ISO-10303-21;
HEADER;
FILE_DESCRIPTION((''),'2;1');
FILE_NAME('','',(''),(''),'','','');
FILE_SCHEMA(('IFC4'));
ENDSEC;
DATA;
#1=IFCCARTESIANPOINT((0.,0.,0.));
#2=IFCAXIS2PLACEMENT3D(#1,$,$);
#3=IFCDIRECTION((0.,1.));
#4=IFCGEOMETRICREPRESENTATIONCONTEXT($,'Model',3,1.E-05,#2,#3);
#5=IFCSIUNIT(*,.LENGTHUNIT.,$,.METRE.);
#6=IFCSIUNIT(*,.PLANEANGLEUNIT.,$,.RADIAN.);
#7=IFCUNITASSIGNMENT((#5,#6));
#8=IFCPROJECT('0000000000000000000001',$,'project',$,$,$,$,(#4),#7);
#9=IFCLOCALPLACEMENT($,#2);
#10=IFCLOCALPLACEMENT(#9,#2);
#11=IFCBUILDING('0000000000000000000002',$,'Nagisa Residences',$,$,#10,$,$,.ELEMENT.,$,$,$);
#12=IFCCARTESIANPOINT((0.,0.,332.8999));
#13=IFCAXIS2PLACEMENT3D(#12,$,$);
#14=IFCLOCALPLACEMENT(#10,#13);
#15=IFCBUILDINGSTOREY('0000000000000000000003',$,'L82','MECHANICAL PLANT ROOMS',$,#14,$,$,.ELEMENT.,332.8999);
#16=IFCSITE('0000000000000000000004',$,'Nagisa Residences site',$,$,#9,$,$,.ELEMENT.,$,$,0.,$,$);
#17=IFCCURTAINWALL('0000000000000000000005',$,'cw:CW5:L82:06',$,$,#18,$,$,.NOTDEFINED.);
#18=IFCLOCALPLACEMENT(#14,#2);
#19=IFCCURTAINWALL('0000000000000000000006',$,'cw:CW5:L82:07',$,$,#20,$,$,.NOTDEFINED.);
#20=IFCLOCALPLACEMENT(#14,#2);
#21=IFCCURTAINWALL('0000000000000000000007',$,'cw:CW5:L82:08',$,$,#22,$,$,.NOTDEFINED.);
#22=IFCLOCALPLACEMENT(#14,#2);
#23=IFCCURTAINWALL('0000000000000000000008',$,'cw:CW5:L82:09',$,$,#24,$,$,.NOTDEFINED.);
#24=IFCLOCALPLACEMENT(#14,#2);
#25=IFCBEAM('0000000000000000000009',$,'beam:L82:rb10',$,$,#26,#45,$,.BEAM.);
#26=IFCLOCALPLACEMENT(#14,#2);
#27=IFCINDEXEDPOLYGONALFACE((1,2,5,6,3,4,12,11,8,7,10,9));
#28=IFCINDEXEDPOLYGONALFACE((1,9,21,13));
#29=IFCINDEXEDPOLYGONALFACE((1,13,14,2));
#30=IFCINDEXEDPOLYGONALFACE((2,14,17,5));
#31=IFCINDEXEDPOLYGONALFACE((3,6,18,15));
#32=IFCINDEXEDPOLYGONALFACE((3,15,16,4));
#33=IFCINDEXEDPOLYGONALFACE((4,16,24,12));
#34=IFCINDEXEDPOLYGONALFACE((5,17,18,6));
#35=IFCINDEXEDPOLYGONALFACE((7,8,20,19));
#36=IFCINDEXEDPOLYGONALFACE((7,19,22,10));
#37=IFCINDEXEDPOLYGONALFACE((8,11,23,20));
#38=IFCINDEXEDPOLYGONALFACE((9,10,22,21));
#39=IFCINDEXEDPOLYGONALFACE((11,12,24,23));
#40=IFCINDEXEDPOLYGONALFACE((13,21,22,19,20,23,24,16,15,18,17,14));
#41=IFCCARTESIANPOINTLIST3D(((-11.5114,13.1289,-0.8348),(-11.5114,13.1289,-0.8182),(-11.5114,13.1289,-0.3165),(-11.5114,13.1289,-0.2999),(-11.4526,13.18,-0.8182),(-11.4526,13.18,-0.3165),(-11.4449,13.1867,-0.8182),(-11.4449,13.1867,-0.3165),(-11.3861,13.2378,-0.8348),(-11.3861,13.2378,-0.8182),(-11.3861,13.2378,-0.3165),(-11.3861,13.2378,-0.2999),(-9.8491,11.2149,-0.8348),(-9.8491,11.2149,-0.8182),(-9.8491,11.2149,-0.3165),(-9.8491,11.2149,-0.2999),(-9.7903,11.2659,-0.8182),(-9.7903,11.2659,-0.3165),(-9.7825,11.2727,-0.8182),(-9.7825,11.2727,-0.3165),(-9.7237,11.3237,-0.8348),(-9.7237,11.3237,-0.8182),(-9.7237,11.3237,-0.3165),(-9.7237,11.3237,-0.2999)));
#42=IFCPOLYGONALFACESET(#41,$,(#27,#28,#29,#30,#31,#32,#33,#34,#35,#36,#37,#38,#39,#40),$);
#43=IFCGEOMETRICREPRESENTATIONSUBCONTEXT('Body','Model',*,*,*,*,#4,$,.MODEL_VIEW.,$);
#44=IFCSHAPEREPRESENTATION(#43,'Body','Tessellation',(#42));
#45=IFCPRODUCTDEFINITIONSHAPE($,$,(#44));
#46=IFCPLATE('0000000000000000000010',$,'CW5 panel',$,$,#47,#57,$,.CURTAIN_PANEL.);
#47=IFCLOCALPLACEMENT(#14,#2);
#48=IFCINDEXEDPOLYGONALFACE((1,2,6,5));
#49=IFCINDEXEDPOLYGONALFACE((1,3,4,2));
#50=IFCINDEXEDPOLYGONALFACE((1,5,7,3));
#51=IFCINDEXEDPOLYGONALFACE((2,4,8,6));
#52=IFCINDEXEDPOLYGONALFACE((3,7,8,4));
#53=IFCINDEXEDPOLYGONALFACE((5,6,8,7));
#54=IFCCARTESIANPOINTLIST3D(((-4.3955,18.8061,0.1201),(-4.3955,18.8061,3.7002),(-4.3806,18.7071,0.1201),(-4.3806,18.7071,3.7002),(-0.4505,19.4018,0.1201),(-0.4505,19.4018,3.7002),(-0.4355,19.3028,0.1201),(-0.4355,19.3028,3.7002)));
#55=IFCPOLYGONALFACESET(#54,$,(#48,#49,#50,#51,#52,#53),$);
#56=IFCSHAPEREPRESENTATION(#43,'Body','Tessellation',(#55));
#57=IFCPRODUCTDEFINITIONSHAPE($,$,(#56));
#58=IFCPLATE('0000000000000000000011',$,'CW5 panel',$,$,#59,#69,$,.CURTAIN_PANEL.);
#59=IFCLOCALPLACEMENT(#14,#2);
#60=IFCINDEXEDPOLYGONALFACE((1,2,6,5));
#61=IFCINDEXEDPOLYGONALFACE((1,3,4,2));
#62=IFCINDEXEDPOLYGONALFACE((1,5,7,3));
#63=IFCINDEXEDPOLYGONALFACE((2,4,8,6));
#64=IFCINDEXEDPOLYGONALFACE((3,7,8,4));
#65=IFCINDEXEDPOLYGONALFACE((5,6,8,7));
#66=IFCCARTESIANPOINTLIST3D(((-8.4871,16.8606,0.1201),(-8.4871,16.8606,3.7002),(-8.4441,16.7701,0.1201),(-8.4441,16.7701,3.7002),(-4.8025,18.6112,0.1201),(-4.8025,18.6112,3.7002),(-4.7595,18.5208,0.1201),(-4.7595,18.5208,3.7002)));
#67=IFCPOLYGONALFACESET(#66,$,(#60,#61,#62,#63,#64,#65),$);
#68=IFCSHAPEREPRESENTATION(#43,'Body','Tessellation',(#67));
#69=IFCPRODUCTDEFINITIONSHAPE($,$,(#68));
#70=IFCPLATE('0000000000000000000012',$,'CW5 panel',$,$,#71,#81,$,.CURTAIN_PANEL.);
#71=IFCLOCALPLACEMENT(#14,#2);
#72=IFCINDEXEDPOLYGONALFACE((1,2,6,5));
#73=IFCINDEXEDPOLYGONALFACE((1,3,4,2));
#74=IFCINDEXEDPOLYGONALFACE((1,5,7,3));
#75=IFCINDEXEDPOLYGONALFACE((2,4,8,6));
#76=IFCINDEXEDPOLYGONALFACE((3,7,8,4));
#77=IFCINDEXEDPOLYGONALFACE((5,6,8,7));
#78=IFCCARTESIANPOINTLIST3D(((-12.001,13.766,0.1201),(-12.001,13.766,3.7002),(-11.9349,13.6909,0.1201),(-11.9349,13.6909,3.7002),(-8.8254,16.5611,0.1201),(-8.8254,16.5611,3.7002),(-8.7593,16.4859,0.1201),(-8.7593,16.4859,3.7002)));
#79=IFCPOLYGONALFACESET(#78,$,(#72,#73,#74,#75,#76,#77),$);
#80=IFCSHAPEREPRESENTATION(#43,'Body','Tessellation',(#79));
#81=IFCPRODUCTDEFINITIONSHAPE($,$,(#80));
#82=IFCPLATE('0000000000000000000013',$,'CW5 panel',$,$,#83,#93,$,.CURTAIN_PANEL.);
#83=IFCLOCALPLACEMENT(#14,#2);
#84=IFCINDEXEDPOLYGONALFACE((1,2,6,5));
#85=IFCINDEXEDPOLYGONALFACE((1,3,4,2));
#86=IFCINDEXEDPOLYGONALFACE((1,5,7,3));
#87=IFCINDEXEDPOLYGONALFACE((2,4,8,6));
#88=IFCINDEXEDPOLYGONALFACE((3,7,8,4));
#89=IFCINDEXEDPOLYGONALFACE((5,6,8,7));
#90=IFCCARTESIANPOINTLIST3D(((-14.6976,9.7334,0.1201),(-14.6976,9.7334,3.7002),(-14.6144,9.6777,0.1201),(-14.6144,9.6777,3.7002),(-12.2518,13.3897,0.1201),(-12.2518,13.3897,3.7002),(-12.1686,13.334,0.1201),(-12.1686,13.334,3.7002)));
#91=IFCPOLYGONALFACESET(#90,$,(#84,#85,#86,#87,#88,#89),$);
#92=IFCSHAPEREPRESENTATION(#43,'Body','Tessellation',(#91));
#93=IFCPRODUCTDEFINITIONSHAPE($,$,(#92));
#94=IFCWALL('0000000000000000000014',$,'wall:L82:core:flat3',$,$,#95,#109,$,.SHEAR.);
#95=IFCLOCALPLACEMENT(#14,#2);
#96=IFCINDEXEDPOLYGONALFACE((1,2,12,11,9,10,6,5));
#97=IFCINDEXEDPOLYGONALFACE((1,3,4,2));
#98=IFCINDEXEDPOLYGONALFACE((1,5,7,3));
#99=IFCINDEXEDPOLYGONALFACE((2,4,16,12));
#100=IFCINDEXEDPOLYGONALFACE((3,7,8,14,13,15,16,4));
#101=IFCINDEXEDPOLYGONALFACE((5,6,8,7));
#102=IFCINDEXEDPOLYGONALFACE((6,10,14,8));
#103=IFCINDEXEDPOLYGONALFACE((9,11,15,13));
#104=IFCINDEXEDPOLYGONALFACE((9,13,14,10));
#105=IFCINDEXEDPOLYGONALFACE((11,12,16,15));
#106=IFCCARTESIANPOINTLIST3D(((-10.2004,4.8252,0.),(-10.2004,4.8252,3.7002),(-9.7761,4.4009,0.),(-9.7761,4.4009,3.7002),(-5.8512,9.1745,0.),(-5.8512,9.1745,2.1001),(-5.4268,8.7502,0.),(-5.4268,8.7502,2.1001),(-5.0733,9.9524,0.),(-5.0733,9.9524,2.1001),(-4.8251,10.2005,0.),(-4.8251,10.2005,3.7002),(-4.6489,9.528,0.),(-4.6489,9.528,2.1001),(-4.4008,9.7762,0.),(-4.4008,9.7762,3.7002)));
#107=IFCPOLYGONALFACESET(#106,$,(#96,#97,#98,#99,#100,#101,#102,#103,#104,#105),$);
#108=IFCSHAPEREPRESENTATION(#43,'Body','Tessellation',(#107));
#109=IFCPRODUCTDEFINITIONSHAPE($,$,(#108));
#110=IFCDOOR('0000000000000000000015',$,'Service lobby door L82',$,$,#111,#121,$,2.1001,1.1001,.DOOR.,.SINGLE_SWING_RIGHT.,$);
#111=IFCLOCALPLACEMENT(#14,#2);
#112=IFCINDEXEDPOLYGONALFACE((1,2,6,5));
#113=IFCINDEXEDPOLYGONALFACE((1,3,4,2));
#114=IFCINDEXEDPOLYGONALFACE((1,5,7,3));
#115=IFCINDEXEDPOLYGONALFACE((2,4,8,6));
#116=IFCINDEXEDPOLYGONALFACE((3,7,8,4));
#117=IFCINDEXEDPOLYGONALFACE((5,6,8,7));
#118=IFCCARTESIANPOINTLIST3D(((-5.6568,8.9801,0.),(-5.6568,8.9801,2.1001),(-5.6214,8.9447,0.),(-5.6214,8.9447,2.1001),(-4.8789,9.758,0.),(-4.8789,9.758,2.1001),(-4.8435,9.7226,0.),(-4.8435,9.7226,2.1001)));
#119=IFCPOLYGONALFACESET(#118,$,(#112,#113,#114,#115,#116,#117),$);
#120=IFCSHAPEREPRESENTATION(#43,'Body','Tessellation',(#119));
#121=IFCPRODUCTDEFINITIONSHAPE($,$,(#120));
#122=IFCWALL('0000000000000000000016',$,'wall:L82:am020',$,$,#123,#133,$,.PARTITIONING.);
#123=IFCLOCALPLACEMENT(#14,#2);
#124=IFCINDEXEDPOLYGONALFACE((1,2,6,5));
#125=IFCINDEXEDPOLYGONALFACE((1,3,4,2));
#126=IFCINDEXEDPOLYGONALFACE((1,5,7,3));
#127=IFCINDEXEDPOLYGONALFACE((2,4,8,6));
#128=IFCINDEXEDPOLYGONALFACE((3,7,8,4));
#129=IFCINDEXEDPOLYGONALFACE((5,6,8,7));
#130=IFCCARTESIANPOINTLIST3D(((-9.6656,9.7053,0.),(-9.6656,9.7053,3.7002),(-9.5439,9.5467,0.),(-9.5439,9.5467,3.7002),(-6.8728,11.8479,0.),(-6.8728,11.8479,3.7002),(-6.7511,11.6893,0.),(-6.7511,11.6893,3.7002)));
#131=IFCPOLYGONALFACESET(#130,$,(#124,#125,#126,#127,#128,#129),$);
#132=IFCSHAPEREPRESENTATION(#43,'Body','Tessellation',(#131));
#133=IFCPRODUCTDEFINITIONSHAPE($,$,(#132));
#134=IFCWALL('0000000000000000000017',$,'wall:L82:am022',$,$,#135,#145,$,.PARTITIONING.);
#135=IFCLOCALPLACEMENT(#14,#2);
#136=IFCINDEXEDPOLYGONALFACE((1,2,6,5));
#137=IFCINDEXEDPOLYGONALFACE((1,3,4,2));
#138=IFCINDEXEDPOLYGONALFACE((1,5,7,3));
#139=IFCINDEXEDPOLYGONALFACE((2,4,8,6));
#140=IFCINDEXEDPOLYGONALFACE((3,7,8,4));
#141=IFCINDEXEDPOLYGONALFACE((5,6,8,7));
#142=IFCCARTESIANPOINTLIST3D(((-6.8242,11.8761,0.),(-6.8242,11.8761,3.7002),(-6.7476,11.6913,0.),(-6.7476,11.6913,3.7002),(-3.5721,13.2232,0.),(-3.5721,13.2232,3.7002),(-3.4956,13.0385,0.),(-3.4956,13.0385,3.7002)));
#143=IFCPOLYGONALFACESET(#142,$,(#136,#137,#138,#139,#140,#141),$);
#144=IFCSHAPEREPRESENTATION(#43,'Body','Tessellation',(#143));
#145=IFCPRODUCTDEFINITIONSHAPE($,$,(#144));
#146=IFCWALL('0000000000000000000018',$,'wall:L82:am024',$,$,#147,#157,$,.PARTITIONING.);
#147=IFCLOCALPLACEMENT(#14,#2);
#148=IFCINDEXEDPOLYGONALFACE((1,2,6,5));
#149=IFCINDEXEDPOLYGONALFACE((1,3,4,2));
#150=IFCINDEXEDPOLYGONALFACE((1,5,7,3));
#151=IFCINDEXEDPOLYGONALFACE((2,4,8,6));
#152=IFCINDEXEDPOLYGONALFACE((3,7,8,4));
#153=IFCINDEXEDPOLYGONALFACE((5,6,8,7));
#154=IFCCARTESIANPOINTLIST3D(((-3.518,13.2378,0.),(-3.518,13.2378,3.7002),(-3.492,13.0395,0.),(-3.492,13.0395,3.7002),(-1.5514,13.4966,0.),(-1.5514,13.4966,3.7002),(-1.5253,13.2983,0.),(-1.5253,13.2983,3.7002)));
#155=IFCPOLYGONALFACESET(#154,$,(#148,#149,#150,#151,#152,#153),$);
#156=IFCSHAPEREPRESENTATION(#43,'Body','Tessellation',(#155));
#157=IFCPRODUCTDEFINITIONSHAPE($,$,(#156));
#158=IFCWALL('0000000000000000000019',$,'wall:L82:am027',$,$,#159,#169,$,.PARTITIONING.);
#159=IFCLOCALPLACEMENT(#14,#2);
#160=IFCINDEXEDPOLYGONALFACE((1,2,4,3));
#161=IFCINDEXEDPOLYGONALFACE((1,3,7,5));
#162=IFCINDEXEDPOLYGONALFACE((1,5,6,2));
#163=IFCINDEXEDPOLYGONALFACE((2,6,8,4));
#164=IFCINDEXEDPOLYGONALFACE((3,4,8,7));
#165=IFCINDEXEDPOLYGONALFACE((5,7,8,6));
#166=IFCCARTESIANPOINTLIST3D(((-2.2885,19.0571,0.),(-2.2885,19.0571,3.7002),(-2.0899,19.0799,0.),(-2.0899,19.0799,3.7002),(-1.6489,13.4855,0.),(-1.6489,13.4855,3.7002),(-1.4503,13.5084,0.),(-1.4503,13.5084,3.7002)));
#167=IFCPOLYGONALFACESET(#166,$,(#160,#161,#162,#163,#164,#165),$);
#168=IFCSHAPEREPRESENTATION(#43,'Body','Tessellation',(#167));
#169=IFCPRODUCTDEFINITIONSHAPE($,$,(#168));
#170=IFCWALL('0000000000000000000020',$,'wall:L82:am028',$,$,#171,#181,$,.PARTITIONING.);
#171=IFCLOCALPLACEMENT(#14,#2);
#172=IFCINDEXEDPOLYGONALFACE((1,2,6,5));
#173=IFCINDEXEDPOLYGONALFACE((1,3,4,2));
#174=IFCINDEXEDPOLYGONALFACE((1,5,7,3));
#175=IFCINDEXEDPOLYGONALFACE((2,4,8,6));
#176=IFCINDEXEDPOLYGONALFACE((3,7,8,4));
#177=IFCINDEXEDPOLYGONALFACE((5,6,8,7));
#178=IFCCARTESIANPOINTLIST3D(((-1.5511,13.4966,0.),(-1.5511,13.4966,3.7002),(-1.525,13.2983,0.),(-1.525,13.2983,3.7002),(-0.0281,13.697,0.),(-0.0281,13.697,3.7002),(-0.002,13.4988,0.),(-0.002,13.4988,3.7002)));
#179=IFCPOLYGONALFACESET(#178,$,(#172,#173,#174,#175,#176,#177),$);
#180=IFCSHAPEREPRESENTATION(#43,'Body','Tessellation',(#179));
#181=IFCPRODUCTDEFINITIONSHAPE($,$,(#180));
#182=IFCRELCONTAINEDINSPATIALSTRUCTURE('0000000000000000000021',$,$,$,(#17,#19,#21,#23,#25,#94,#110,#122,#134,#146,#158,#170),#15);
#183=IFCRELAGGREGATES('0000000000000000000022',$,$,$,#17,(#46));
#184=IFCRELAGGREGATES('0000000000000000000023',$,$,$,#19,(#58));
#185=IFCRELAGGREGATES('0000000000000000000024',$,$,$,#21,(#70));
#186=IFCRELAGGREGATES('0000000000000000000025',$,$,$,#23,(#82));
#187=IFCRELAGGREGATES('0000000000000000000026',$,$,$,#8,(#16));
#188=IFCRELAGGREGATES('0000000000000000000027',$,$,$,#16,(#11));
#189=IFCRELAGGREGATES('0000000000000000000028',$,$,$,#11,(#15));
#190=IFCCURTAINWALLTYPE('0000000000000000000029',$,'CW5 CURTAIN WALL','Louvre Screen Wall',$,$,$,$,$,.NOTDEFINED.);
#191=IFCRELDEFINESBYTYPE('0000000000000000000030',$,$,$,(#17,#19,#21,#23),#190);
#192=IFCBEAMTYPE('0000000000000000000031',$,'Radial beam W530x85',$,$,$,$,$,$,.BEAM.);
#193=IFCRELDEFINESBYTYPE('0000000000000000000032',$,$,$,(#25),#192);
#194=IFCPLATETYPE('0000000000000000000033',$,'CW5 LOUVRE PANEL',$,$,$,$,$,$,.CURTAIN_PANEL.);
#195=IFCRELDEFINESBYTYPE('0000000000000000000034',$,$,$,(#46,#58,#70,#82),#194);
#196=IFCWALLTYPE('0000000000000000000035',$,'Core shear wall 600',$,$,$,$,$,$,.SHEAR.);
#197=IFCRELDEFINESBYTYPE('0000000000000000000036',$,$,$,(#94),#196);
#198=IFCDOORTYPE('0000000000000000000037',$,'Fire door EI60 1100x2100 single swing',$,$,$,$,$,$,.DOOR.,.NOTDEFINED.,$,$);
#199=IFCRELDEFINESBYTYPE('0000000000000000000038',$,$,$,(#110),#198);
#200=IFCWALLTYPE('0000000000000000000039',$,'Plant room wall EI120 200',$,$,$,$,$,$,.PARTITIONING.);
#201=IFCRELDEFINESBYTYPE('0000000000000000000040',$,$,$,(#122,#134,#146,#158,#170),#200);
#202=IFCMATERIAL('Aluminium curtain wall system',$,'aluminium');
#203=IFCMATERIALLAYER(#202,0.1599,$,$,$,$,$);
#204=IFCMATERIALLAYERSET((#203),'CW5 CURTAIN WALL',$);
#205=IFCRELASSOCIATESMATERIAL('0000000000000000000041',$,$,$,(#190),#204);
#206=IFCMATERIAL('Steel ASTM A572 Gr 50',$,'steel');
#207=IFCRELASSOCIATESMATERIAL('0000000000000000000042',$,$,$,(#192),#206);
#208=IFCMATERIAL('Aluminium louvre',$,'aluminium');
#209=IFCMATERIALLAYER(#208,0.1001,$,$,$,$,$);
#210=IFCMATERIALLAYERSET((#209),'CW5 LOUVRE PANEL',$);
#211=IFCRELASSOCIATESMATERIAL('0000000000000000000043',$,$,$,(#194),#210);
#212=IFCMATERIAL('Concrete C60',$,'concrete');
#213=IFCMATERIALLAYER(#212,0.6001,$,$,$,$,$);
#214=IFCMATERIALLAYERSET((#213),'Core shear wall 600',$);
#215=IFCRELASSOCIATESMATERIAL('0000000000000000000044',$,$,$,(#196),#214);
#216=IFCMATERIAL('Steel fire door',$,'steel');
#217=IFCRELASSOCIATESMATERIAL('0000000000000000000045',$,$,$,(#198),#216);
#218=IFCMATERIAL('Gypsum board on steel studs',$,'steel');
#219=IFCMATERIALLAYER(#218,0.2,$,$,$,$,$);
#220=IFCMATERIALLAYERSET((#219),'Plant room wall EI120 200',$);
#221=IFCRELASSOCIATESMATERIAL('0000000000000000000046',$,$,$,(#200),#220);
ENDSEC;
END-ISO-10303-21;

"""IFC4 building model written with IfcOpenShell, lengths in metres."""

from ifc_helpers import new_model, si_unit, direction, frame, frame_2d, origin, origin_2d, place, context, subcontext, project, spatial, rectangle, i_section, extrude, material, layer, layer_set, material_profile, profile_set, type_object, element, fill, aggregate, save


model = new_model("IFC4")

# Units and contexts
model_context = context("Model", 3, precision=1e-05, world=origin(), true_north=direction((0.0, 1.0)))
body_context = subcontext(model_context, "Body", "Model", "MODEL_VIEW")
ifc_project = project(units=[si_unit("LENGTHUNIT", "METRE"), si_unit("PLANEANGLEUNIT", "RADIAN")], contexts=[model_context])

# Site, building, storey
site_placement = place(None, origin())
site = spatial("IfcSite", under=ifc_project, at=site_placement, Name="Nagisa Residences site", CompositionType="ELEMENT", RefElevation=0.0)
building_placement = place(site_placement, origin())
building = spatial("IfcBuilding", under=site, at=building_placement, Name="Nagisa Residences", CompositionType="ELEMENT")
storey_placement = place(building_placement, frame((0.0, 0.0, 332.8999)))
storey = spatial("IfcBuildingStorey", under=building, at=storey_placement, Name="L82", Description="MECHANICAL PLANT ROOMS", CompositionType="ELEMENT", Elevation=332.8999)

# Curtain walls
ifc_material_1 = material(Name="Aluminium curtain wall system", Category="aluminium")
ifc_layer_1 = layer(ifc_material_1, 0.1599)
ifc_layer_set_1 = layer_set([ifc_layer_1], Name="CW5 CURTAIN WALL")
curtain_wall_type = type_object("IfcCurtainWallType", Name="CW5 CURTAIN WALL", Description="Louvre Screen Wall", PredefinedType="NOTDEFINED", material=ifc_layer_set_1)
curtain_wall_1_placement = place(storey_placement, origin())
curtain_wall_1 = element("IfcCurtainWall", 1, at=curtain_wall_1_placement, inside=storey, type_object=curtain_wall_type, Name="cw:CW5:L82:06", PredefinedType="NOTDEFINED")
curtain_wall_2_placement = place(storey_placement, origin())
curtain_wall_2 = element("IfcCurtainWall", 2, at=curtain_wall_2_placement, inside=storey, type_object=curtain_wall_type, Name="cw:CW5:L82:07", PredefinedType="NOTDEFINED")
curtain_wall_3_placement = place(storey_placement, origin())
curtain_wall_3 = element("IfcCurtainWall", 3, at=curtain_wall_3_placement, inside=storey, type_object=curtain_wall_type, Name="cw:CW5:L82:08", PredefinedType="NOTDEFINED")
curtain_wall_4_placement = place(storey_placement, origin())
curtain_wall_4 = element("IfcCurtainWall", 4, at=curtain_wall_4_placement, inside=storey, type_object=curtain_wall_type, Name="cw:CW5:L82:09", PredefinedType="NOTDEFINED")

# Beam
ifc_material_2 = material(Name="Steel ASTM A572 Gr 50", Category="steel")
ifc_material_profile_1 = material_profile(ifc_material_2, i_section(OverallWidth=0.166, OverallDepth=0.5349, WebThickness=0.0103, FlangeThickness=0.0166, at=origin_2d()), Name="W530x85")
ifc_profile_set_1 = profile_set([ifc_material_profile_1], Name="Steel ASTM A572 Gr 50")
beam_type_1 = type_object("IfcBeamType", Name="Radial beam W530x85", PredefinedType="BEAM", material=ifc_profile_set_1)
beam_1_placement = place(storey_placement, frame((-11.4487, 13.1833, -0.5674), z_axis=(0.655718, -0.755006, 0.0), x_axis=(0.755006, 0.655718, 0.0)))
element("IfcBeam", 5, at=beam_1_placement, inside=storey, type_object=beam_type_1, Name="beam:L82:rb10", PredefinedType="BEAM", context=body_context, shape_type="SweptSolid", body=[
    extrude(i_section(OverallWidth=0.166, OverallDepth=0.5349, WebThickness=0.0103, FlangeThickness=0.0166, at=origin_2d()), origin(), (0.0, 0.0, 1.0), 2.5352),
])

# Plates
ifc_material_3 = material(Name="Aluminium louvre", Category="aluminium")
ifc_layer_2 = layer(ifc_material_3, 0.1001)
ifc_layer_set_2 = layer_set([ifc_layer_2], Name="CW5 LOUVRE PANEL")
plate_type = type_object("IfcPlateType", Name="CW5 LOUVRE PANEL", PredefinedType="CURTAIN_PANEL", material=ifc_layer_set_2)
plate_1_placement = place(storey_placement, frame((-2.4155, 19.0544, 0.1201), z_axis=(0.0, 0.0, 1.0), x_axis=(-0.988789, -0.14932, 0.0)))
plate_1 = element("IfcPlate", 6, at=plate_1_placement, type_object=plate_type, Name="CW5 panel", PredefinedType="CURTAIN_PANEL", context=body_context, shape_type="SweptSolid", body=[
    extrude(rectangle(XDim=3.9897, YDim=0.1001, at=origin_2d()), origin(), (0.0, 0.0, 1.0), 3.5801),
])
aggregate(curtain_wall_1, [plate_1])
plate_2_placement = place(storey_placement, frame((-6.6233, 17.6907, 0.1201), z_axis=(0.0, 0.0, 1.0), x_axis=(-0.903233, -0.429151, 0.0)))
plate_2 = element("IfcPlate", 7, at=plate_2_placement, type_object=plate_type, Name="CW5 panel", PredefinedType="CURTAIN_PANEL", context=body_context, shape_type="SweptSolid", body=[
    extrude(rectangle(XDim=4.0793, YDim=0.1001, at=origin_2d()), origin(), (0.0, 0.0, 1.0), 3.5801),
])
aggregate(curtain_wall_2, [plate_2])
plate_3_placement = place(storey_placement, frame((-10.3801, 15.126, 0.1201), z_axis=(0.0, 0.0, 1.0), x_axis=(-0.750651, -0.660699, 0.0)))
plate_3 = element("IfcPlate", 8, at=plate_3_placement, type_object=plate_type, Name="CW5 panel", PredefinedType="CURTAIN_PANEL", context=body_context, shape_type="SweptSolid", body=[
    extrude(rectangle(XDim=4.2305, YDim=0.1001, at=origin_2d()), origin(), (0.0, 0.0, 1.0), 3.5801),
])
aggregate(curtain_wall_3, [plate_3])
plate_4_placement = place(storey_placement, frame((-13.4331, 11.5337, 0.1201), z_axis=(0.0, 0.0, 1.0), x_axis=(-0.556014, -0.831173, 0.0)))
plate_4 = element("IfcPlate", 9, at=plate_4_placement, type_object=plate_type, Name="CW5 panel", PredefinedType="CURTAIN_PANEL", context=body_context, shape_type="SweptSolid", body=[
    extrude(rectangle(XDim=4.3989, YDim=0.1001, at=origin_2d()), origin(), (0.0, 0.0, 1.0), 3.5801),
])
aggregate(curtain_wall_4, [plate_4])

# Wall, opening, door
ifc_material_4 = material(Name="Concrete C60", Category="concrete")
ifc_layer_3 = layer(ifc_material_4, 0.6001)
ifc_layer_set_3 = layer_set([ifc_layer_3], Name="Core shear wall 600")
wall_type_1 = type_object("IfcWallType", Name="Core shear wall 600", PredefinedType="SHEAR", material=ifc_layer_set_3)
wall_1_placement = place(storey_placement, frame((-4.613, 9.9883, 0.0), z_axis=(0.0, 0.0, 1.0), x_axis=(-0.707107, -0.707107, 0.0)))
wall_1 = element("IfcWall", 10, at=wall_1_placement, inside=storey, type_object=wall_type_1, Name="wall:L82:core:flat3", PredefinedType="SHEAR", context=body_context, shape_type="SweptSolid", body=[
    extrude(rectangle(XDim=7.6018, YDim=0.6001, at=frame_2d((3.8008, 0.0))), origin(), (0.0, 0.0, 1.0), 3.7002),
])
opening_placement = place(wall_1_placement, frame((0.3508, 0.0, 0.0)))
opening = element("IfcOpeningElement", 11, at=opening_placement, cuts=wall_1, PredefinedType="OPENING", context=body_context, shape_type="SweptSolid", body=[
    extrude(rectangle(XDim=1.1001, YDim=2.1001, at=frame_2d((0.55, 1.05))), frame((0.0, 0.3101, 0.0), z_axis=(0.0, -1.0, 0.0), x_axis=(1.0, 0.0, 0.0)), (0.0, 0.0, 1.0), 0.6201),
])
ifc_material_5 = material(Name="Steel fire door", Category="steel")
door_type = type_object("IfcDoorType", Name="Fire door EI60 1100x2100 single swing", OperationType="NOTDEFINED", PredefinedType="DOOR", material=ifc_material_5)
door_placement = place(opening_placement, origin())
door = element("IfcDoor", 12, at=door_placement, inside=storey, type_object=door_type, Name="Service lobby door L82", OperationType="SINGLE_SWING_RIGHT", OverallHeight=2.1001, OverallWidth=1.1001, PredefinedType="DOOR", context=body_context, shape_type="SweptSolid", body=[
    extrude(rectangle(XDim=1.1001, YDim=2.1001, at=frame_2d((0.55, 1.05))), frame((0.0, 0.0249, 0.0), z_axis=(0.0, -1.0, 0.0), x_axis=(1.0, 0.0, 0.0)), (0.0, 0.0, 1.0), 0.05),
])
fill(opening, door)

# Walls
ifc_material_6 = material(Name="Gypsum board on steel studs", Category="steel")
ifc_layer_4 = layer(ifc_material_6, 0.2)
ifc_layer_set_4 = layer_set([ifc_layer_4], Name="Plant room wall EI120 200")
wall_type_2 = type_object("IfcWallType", Name="Plant room wall EI120 200", PredefinedType="PARTITIONING", material=ifc_layer_set_4)
for number, where, z_axis, x_axis, name in (
    (13, (-9.6047, 9.626, 0.0), (0.0, 0.0, 1.0), (0.793402, 0.608698, 0.0), "wall:L82:am020"),
    (14, (-6.7859, 11.7837, 0.0), (0.0, 0.0, 1.0), (0.923863, 0.382723, 0.0), "wall:L82:am022"),
):
    element("IfcWall", number, at=place(storey_placement, frame(where, z_axis=z_axis, x_axis=x_axis)), inside=storey, type_object=wall_type_2, Name=name, PredefinedType="PARTITIONING", context=body_context, shape_type="SweptSolid", body=[
        extrude(rectangle(XDim=3.52, YDim=0.2, at=frame_2d((1.76, 0.0))), origin(), (0.0, 0.0, 1.0), 3.7002),
    ])
wall_2_placement = place(storey_placement, frame((-3.5049, 13.1387, 0.0), z_axis=(0.0, 0.0, 1.0), x_axis=(0.991454, 0.130455, 0.0)))
element("IfcWall", 15, at=wall_2_placement, inside=storey, type_object=wall_type_2, Name="wall:L82:am024", PredefinedType="PARTITIONING", context=body_context, shape_type="SweptSolid", body=[
    extrude(rectangle(XDim=1.9836, YDim=0.2, at=frame_2d((0.9917, 0.0))), origin(), (0.0, 0.0, 1.0), 3.7002),
])
wall_3_placement = place(storey_placement, frame((-1.5496, 13.4968, 0.0), z_axis=(0.0, 0.0, 1.0), x_axis=(-0.114057, 0.993474, 0.0)))
element("IfcWall", 16, at=wall_3_placement, inside=storey, type_object=wall_type_2, Name="wall:L82:am027", PredefinedType="PARTITIONING", context=body_context, shape_type="SweptSolid", body=[
    extrude(rectangle(XDim=5.6082, YDim=0.2, at=frame_2d((2.8042, 0.0))), origin(), (0.0, 0.0, 1.0), 3.7002),
])
wall_4_placement = place(storey_placement, frame((-1.5381, 13.3975, 0.0), z_axis=(0.0, 0.0, 1.0), x_axis=(0.99145, 0.130487, 0.0)))
element("IfcWall", 17, at=wall_4_placement, inside=storey, type_object=wall_type_2, Name="wall:L82:am028", PredefinedType="PARTITIONING", context=body_context, shape_type="SweptSolid", body=[
    extrude(rectangle(XDim=1.5361, YDim=0.2, at=frame_2d((0.7681, 0.0))), origin(), (0.0, 0.0, 1.0), 3.7002),
])

save(model, "model.ifc")
